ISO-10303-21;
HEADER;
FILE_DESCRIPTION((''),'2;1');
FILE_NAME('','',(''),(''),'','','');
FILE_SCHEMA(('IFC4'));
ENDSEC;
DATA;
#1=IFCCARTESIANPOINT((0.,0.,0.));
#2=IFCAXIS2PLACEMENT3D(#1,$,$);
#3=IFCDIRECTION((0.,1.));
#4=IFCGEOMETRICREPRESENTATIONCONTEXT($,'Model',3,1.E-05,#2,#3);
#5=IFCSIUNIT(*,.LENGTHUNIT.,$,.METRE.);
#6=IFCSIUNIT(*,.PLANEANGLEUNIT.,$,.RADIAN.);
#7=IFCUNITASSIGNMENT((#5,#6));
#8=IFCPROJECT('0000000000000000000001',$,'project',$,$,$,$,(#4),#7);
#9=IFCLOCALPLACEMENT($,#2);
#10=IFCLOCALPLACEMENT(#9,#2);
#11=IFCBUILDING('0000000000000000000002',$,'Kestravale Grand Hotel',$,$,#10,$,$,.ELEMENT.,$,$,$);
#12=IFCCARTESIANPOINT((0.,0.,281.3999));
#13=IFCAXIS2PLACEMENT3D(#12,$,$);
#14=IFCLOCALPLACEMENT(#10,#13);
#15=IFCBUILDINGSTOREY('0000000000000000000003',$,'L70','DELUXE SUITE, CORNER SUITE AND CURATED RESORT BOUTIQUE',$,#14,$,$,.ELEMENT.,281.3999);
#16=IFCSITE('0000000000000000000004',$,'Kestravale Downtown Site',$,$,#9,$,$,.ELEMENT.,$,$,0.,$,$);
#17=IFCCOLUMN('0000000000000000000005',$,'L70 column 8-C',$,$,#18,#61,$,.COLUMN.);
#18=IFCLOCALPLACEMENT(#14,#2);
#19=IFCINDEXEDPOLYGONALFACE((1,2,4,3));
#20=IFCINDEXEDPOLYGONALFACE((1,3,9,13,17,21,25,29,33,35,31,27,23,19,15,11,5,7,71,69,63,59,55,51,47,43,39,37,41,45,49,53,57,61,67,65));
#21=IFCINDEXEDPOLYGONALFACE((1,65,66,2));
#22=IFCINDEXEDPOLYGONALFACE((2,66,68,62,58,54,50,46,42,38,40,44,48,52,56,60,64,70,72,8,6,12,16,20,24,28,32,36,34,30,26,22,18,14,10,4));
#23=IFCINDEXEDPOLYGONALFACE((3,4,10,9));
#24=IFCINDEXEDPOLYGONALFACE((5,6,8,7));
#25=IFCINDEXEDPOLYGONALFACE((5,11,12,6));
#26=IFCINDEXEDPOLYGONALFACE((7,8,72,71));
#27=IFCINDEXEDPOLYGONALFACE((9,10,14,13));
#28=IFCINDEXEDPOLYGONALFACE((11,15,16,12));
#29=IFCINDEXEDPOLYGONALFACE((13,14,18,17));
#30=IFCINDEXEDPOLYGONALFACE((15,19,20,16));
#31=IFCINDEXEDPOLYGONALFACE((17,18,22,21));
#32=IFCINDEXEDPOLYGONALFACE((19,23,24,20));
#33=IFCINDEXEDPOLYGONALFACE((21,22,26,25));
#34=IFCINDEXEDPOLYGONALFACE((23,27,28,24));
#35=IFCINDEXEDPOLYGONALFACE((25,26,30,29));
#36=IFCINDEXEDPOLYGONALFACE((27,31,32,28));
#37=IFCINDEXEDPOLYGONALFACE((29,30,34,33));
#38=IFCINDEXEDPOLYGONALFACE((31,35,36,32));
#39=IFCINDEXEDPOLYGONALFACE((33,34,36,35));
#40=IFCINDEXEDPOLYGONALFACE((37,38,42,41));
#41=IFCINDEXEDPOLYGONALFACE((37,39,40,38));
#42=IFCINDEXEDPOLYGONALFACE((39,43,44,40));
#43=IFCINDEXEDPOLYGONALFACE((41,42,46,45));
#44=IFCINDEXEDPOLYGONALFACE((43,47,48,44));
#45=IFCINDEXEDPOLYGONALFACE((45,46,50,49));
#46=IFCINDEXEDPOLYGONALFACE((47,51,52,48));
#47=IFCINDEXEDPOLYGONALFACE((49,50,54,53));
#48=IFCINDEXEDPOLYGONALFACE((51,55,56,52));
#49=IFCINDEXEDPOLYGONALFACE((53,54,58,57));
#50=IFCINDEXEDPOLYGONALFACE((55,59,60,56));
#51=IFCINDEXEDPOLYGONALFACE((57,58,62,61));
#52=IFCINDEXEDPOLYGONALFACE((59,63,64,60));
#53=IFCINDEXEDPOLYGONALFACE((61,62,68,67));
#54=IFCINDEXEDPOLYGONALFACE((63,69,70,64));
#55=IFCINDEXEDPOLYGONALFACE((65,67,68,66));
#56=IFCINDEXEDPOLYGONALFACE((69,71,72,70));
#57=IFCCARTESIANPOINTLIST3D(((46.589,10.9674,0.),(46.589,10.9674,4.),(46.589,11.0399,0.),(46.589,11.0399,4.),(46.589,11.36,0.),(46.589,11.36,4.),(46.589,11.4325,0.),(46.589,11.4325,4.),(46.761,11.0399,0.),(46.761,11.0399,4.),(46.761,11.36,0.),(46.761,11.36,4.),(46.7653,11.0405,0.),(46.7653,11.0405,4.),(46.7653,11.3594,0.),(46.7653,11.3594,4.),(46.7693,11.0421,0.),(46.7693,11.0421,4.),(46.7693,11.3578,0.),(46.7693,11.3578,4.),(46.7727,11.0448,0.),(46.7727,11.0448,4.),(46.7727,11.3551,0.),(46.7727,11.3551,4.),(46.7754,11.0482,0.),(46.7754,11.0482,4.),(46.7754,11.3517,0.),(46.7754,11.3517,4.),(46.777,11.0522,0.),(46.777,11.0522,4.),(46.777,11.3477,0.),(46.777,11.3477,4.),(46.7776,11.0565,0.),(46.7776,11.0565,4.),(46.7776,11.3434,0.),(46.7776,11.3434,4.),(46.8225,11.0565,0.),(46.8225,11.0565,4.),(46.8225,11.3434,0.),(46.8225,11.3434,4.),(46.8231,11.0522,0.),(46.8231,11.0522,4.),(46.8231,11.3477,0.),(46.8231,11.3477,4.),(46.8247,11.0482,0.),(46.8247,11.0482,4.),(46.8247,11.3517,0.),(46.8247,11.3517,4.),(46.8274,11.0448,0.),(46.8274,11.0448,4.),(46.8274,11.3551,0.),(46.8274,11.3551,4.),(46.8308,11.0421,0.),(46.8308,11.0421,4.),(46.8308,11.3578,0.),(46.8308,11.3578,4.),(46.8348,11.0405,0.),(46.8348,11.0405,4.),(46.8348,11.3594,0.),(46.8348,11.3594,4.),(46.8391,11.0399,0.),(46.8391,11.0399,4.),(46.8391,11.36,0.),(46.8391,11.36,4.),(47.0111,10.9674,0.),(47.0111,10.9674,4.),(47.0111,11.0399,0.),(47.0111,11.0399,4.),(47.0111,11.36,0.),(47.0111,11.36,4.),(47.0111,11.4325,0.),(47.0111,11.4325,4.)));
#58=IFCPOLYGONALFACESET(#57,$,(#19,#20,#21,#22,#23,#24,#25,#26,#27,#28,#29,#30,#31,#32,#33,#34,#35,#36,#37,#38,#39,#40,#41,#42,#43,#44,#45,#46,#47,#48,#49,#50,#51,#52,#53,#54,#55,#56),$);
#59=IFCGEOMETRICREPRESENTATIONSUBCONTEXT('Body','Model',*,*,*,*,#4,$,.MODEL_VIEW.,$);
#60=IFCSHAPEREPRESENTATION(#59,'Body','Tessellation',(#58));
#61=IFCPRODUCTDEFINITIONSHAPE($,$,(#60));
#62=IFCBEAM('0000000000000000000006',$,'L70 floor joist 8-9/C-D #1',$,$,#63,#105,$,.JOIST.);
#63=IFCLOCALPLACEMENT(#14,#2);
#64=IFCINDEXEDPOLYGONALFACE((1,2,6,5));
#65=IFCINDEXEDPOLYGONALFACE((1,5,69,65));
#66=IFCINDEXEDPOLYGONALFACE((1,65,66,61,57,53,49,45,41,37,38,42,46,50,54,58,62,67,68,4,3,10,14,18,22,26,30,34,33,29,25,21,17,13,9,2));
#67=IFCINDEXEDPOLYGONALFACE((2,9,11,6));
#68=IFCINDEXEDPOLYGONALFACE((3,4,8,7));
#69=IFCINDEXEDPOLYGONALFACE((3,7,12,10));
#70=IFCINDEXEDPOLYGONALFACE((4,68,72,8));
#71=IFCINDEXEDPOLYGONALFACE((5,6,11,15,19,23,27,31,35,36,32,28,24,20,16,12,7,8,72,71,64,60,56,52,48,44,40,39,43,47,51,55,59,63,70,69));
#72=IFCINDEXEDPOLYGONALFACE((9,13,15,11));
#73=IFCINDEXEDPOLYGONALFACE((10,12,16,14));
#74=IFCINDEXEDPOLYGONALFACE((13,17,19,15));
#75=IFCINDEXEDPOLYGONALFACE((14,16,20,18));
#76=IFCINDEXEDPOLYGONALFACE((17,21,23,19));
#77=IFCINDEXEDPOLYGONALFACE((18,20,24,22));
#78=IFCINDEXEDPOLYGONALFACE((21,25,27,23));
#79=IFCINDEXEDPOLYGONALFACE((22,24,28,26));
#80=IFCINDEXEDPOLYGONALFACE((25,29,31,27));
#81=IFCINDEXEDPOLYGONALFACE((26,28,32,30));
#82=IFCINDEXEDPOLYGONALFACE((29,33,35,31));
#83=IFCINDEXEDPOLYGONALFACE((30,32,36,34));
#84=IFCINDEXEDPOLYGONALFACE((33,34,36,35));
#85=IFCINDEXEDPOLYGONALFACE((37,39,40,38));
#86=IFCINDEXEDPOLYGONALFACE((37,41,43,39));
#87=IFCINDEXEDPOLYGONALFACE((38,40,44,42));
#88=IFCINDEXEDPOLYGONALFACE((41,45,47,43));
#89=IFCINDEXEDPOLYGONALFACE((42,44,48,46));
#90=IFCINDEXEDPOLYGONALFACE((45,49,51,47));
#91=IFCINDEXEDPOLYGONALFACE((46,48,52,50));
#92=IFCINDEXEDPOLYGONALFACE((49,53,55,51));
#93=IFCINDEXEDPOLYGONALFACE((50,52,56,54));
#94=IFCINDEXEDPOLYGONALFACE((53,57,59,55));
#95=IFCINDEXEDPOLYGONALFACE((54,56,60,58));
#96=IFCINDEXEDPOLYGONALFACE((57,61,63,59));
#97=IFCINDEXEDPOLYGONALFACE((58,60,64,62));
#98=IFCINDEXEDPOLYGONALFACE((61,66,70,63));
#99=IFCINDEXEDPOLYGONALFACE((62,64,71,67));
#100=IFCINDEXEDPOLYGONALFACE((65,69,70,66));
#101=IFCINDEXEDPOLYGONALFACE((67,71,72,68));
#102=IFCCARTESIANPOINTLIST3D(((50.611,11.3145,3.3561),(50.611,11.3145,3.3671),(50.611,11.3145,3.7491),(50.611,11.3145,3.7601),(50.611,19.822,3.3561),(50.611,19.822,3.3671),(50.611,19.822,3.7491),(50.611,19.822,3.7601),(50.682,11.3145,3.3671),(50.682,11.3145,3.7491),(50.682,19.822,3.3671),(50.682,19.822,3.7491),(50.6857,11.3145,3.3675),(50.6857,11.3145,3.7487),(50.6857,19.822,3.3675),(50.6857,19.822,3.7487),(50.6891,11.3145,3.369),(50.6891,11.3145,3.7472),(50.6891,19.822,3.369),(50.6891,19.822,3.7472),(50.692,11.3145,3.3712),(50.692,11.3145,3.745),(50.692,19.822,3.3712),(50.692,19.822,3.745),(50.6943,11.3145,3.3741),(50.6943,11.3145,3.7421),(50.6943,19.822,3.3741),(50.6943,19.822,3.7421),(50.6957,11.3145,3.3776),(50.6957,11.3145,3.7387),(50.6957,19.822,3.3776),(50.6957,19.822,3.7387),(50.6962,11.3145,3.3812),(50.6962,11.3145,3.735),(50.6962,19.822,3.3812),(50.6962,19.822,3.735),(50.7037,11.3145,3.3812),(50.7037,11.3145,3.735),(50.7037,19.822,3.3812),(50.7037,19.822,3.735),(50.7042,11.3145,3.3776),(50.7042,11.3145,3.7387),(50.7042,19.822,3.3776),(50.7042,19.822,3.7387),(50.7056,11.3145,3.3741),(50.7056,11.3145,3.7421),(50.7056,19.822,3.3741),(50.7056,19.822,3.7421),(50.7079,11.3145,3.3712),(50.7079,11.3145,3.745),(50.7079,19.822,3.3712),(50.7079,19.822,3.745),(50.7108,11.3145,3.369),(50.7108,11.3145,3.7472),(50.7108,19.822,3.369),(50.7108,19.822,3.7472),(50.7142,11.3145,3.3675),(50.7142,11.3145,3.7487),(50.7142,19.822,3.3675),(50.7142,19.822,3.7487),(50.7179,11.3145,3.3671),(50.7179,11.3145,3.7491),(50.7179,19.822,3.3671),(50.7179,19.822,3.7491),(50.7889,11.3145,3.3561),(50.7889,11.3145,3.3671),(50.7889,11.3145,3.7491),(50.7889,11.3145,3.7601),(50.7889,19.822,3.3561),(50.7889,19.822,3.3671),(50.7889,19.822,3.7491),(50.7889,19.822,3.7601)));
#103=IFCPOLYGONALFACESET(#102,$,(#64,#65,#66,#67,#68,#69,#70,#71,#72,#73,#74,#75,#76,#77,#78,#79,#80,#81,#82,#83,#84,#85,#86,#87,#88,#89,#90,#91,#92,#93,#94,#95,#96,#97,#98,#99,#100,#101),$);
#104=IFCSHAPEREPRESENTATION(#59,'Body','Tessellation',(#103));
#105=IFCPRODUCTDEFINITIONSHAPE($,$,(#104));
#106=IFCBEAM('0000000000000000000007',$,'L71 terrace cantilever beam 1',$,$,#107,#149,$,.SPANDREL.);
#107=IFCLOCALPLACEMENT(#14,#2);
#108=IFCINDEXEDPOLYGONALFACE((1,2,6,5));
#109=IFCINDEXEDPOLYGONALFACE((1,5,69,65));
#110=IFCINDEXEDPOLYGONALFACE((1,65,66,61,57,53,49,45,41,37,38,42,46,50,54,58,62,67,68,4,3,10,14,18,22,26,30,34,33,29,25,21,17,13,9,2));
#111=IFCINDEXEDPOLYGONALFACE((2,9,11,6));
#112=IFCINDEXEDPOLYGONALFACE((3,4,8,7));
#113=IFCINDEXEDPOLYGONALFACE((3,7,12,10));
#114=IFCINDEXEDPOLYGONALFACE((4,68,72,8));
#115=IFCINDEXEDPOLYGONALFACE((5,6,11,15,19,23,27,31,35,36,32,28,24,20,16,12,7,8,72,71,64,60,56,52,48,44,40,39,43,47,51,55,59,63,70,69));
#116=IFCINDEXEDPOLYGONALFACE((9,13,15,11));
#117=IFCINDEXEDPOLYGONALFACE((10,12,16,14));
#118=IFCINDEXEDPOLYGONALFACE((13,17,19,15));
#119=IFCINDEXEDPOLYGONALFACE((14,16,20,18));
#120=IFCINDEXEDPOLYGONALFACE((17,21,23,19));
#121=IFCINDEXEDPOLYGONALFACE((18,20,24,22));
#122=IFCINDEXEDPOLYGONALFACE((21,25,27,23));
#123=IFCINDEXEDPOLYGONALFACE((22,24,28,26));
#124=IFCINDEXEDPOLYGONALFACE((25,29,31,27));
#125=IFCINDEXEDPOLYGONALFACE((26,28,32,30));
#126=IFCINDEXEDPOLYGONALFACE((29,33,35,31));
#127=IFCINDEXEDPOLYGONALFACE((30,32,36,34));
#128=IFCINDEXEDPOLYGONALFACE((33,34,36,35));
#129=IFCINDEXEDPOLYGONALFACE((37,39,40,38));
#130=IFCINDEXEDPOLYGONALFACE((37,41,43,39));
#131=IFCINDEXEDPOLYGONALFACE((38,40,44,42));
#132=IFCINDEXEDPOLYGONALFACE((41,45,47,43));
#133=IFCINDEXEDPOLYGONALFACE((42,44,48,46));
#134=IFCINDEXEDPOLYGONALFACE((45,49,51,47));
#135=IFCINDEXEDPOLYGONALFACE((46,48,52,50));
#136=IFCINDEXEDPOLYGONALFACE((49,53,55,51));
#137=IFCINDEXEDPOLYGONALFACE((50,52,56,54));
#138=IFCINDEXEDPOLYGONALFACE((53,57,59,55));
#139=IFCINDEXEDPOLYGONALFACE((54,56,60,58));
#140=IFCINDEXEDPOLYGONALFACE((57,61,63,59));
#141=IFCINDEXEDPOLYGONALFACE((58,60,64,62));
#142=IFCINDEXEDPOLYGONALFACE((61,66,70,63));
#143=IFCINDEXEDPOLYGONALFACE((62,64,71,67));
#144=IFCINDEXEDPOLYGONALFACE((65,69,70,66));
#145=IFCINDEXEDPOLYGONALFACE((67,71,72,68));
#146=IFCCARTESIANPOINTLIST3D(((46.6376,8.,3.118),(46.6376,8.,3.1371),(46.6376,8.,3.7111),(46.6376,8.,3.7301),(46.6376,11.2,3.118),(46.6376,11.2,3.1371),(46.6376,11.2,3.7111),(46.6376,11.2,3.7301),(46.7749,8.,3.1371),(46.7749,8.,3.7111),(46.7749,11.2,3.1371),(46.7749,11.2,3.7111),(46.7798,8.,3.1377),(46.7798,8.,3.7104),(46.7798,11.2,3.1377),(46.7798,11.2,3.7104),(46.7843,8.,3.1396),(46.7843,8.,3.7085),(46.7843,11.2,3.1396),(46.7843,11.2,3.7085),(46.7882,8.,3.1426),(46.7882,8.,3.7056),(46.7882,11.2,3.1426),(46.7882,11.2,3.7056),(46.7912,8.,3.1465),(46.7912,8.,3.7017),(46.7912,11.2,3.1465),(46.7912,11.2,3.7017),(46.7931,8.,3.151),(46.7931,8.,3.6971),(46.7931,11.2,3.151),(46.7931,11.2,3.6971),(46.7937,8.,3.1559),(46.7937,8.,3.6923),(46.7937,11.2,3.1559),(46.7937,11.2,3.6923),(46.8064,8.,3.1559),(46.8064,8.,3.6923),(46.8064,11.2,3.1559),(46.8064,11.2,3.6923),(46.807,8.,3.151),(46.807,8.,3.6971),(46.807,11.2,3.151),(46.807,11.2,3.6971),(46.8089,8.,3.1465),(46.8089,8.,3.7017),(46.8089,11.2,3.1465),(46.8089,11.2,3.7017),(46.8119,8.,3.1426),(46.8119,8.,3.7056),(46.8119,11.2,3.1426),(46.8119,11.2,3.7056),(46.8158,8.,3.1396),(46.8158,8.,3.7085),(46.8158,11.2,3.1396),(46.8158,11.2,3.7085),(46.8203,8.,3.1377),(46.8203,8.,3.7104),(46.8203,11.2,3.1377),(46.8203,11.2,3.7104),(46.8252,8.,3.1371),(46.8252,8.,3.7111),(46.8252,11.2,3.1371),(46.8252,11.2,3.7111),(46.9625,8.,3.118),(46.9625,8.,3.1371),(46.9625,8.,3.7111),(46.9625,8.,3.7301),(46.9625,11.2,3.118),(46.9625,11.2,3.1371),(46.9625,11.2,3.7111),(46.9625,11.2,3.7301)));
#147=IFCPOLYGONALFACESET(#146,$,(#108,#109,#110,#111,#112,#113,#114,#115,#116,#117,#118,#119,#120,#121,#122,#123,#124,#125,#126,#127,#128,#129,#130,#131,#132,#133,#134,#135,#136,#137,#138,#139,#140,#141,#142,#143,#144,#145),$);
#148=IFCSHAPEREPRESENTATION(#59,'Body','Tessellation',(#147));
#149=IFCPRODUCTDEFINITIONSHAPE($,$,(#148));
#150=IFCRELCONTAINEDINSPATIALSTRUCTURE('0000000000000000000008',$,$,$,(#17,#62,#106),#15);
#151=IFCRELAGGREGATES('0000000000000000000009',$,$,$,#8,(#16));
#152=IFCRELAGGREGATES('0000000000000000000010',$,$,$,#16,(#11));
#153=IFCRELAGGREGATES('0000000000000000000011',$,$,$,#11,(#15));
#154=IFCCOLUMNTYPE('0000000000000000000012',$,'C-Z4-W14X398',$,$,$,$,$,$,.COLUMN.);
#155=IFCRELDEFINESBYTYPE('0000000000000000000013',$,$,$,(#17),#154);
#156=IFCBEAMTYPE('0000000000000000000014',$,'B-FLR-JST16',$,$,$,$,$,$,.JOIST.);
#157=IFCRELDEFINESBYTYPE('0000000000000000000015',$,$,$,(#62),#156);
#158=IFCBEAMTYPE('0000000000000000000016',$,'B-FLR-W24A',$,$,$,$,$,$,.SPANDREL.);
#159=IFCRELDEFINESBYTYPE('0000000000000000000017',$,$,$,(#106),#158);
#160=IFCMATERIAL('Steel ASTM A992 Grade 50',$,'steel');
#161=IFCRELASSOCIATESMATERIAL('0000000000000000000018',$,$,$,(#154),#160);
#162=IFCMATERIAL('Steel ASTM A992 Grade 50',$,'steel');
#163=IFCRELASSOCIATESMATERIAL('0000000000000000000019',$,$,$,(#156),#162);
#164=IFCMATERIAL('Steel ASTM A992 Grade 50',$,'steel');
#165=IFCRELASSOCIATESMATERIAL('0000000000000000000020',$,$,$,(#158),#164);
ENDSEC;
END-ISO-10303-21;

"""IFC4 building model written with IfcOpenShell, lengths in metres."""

from ifc_helpers import new_model, si_unit, direction, frame, origin, origin_2d, place, context, subcontext, project, spatial, i_section, extrude, material, material_profile, profile_set, type_object, element, save


model = new_model("IFC4")

# Units and contexts
model_context = context("Model", 3, precision=1e-05, world=origin(), true_north=direction((0.0, 1.0)))
body_context = subcontext(model_context, "Body", "Model", "MODEL_VIEW")
ifc_project = project(units=[si_unit("LENGTHUNIT", "METRE"), si_unit("PLANEANGLEUNIT", "RADIAN")], contexts=[model_context])

# Site, building, storey
site_placement = place(None, origin())
site = spatial("IfcSite", under=ifc_project, at=site_placement, Name="Kestravale Downtown Site", CompositionType="ELEMENT", RefElevation=0.0)
building_placement = place(site_placement, origin())
building = spatial("IfcBuilding", under=site, at=building_placement, Name="Kestravale Grand Hotel", CompositionType="ELEMENT")
storey_placement = place(building_placement, frame((0.0, 0.0, 281.3999)))
storey = spatial("IfcBuildingStorey", under=building, at=storey_placement, Name="L70", Description="DELUXE SUITE, CORNER SUITE AND CURATED RESORT BOUTIQUE", CompositionType="ELEMENT", Elevation=281.3999)

# Column
ifc_material_1 = material(Name="Steel ASTM A992 Grade 50", Category="steel")
ifc_material_profile_1 = material_profile(ifc_material_1, i_section(OverallWidth=0.4221, OverallDepth=0.4651, WebThickness=0.0449, FlangeThickness=0.0725, FilletRadius=0.0166, at=origin_2d()))
ifc_profile_set_1 = profile_set([ifc_material_profile_1], Name="Steel ASTM A992 Grade 50")
column_type = type_object("IfcColumnType", Name="C-Z4-W14X398", PredefinedType="COLUMN", material=ifc_profile_set_1)
column_placement = place(storey_placement, frame((46.8, 11.2, 0.0), z_axis=(0.0, 0.0, 1.0), x_axis=(1.0, 0.0, 0.0)))
element("IfcColumn", 1, at=column_placement, inside=storey, type_object=column_type, Name="L70 column 8-C", PredefinedType="COLUMN", context=body_context, shape_type="SweptSolid", body=[
    extrude(i_section(OverallWidth=0.4221, OverallDepth=0.4651, WebThickness=0.0449, FlangeThickness=0.0725, FilletRadius=0.0166, at=origin_2d()), origin(), (0.0, 0.0, 1.0), 4.0),
])

# Beams
ifc_material_2 = material(Name="Steel ASTM A992 Grade 50", Category="steel")
ifc_material_profile_2 = material_profile(ifc_material_2, i_section(OverallWidth=0.178, OverallDepth=0.4041, WebThickness=0.0076, FlangeThickness=0.011, FilletRadius=0.0142, at=origin_2d()))
ifc_profile_set_2 = profile_set([ifc_material_profile_2], Name="Steel ASTM A992 Grade 50")
beam_type_1 = type_object("IfcBeamType", Name="B-FLR-JST16", PredefinedType="JOIST", material=ifc_profile_set_2)
beam_1_placement = place(storey_placement, frame((50.7, 11.3145, 3.5581), z_axis=(0.0, 1.0, 0.0), x_axis=(-1.0, 0.0, 0.0)))
element("IfcBeam", 2, at=beam_1_placement, inside=storey, type_object=beam_type_1, Name="L70 floor joist 8-9/C-D #1", PredefinedType="JOIST", context=body_context, shape_type="SweptSolid", body=[
    extrude(i_section(OverallWidth=0.178, OverallDepth=0.4041, WebThickness=0.0076, FlangeThickness=0.011, FilletRadius=0.0142, at=origin_2d()), origin(), (0.0, 0.0, 1.0), 8.5076),
])
ifc_material_3 = material(Name="Steel ASTM A992 Grade 50", Category="steel")
ifc_material_profile_3 = material_profile(ifc_material_3, i_section(OverallWidth=0.325, OverallDepth=0.6121, WebThickness=0.0127, FlangeThickness=0.019, FilletRadius=0.0188, at=origin_2d()))
ifc_profile_set_3 = profile_set([ifc_material_profile_3], Name="Steel ASTM A992 Grade 50")
beam_type_2 = type_object("IfcBeamType", Name="B-FLR-W24A", PredefinedType="SPANDREL", material=ifc_profile_set_3)
beam_2_placement = place(storey_placement, frame((46.8, 11.2, 3.4241), z_axis=(0.0, -1.0, 0.0), x_axis=(1.0, 0.0, 0.0)))
element("IfcBeam", 3, at=beam_2_placement, inside=storey, type_object=beam_type_2, Name="L71 terrace cantilever beam 1", PredefinedType="SPANDREL", context=body_context, shape_type="SweptSolid", body=[
    extrude(i_section(OverallWidth=0.325, OverallDepth=0.6121, WebThickness=0.0127, FlangeThickness=0.019, FilletRadius=0.0188, at=origin_2d()), origin(), (0.0, 0.0, 1.0), 3.2),
])

save(model, "model.ifc")
